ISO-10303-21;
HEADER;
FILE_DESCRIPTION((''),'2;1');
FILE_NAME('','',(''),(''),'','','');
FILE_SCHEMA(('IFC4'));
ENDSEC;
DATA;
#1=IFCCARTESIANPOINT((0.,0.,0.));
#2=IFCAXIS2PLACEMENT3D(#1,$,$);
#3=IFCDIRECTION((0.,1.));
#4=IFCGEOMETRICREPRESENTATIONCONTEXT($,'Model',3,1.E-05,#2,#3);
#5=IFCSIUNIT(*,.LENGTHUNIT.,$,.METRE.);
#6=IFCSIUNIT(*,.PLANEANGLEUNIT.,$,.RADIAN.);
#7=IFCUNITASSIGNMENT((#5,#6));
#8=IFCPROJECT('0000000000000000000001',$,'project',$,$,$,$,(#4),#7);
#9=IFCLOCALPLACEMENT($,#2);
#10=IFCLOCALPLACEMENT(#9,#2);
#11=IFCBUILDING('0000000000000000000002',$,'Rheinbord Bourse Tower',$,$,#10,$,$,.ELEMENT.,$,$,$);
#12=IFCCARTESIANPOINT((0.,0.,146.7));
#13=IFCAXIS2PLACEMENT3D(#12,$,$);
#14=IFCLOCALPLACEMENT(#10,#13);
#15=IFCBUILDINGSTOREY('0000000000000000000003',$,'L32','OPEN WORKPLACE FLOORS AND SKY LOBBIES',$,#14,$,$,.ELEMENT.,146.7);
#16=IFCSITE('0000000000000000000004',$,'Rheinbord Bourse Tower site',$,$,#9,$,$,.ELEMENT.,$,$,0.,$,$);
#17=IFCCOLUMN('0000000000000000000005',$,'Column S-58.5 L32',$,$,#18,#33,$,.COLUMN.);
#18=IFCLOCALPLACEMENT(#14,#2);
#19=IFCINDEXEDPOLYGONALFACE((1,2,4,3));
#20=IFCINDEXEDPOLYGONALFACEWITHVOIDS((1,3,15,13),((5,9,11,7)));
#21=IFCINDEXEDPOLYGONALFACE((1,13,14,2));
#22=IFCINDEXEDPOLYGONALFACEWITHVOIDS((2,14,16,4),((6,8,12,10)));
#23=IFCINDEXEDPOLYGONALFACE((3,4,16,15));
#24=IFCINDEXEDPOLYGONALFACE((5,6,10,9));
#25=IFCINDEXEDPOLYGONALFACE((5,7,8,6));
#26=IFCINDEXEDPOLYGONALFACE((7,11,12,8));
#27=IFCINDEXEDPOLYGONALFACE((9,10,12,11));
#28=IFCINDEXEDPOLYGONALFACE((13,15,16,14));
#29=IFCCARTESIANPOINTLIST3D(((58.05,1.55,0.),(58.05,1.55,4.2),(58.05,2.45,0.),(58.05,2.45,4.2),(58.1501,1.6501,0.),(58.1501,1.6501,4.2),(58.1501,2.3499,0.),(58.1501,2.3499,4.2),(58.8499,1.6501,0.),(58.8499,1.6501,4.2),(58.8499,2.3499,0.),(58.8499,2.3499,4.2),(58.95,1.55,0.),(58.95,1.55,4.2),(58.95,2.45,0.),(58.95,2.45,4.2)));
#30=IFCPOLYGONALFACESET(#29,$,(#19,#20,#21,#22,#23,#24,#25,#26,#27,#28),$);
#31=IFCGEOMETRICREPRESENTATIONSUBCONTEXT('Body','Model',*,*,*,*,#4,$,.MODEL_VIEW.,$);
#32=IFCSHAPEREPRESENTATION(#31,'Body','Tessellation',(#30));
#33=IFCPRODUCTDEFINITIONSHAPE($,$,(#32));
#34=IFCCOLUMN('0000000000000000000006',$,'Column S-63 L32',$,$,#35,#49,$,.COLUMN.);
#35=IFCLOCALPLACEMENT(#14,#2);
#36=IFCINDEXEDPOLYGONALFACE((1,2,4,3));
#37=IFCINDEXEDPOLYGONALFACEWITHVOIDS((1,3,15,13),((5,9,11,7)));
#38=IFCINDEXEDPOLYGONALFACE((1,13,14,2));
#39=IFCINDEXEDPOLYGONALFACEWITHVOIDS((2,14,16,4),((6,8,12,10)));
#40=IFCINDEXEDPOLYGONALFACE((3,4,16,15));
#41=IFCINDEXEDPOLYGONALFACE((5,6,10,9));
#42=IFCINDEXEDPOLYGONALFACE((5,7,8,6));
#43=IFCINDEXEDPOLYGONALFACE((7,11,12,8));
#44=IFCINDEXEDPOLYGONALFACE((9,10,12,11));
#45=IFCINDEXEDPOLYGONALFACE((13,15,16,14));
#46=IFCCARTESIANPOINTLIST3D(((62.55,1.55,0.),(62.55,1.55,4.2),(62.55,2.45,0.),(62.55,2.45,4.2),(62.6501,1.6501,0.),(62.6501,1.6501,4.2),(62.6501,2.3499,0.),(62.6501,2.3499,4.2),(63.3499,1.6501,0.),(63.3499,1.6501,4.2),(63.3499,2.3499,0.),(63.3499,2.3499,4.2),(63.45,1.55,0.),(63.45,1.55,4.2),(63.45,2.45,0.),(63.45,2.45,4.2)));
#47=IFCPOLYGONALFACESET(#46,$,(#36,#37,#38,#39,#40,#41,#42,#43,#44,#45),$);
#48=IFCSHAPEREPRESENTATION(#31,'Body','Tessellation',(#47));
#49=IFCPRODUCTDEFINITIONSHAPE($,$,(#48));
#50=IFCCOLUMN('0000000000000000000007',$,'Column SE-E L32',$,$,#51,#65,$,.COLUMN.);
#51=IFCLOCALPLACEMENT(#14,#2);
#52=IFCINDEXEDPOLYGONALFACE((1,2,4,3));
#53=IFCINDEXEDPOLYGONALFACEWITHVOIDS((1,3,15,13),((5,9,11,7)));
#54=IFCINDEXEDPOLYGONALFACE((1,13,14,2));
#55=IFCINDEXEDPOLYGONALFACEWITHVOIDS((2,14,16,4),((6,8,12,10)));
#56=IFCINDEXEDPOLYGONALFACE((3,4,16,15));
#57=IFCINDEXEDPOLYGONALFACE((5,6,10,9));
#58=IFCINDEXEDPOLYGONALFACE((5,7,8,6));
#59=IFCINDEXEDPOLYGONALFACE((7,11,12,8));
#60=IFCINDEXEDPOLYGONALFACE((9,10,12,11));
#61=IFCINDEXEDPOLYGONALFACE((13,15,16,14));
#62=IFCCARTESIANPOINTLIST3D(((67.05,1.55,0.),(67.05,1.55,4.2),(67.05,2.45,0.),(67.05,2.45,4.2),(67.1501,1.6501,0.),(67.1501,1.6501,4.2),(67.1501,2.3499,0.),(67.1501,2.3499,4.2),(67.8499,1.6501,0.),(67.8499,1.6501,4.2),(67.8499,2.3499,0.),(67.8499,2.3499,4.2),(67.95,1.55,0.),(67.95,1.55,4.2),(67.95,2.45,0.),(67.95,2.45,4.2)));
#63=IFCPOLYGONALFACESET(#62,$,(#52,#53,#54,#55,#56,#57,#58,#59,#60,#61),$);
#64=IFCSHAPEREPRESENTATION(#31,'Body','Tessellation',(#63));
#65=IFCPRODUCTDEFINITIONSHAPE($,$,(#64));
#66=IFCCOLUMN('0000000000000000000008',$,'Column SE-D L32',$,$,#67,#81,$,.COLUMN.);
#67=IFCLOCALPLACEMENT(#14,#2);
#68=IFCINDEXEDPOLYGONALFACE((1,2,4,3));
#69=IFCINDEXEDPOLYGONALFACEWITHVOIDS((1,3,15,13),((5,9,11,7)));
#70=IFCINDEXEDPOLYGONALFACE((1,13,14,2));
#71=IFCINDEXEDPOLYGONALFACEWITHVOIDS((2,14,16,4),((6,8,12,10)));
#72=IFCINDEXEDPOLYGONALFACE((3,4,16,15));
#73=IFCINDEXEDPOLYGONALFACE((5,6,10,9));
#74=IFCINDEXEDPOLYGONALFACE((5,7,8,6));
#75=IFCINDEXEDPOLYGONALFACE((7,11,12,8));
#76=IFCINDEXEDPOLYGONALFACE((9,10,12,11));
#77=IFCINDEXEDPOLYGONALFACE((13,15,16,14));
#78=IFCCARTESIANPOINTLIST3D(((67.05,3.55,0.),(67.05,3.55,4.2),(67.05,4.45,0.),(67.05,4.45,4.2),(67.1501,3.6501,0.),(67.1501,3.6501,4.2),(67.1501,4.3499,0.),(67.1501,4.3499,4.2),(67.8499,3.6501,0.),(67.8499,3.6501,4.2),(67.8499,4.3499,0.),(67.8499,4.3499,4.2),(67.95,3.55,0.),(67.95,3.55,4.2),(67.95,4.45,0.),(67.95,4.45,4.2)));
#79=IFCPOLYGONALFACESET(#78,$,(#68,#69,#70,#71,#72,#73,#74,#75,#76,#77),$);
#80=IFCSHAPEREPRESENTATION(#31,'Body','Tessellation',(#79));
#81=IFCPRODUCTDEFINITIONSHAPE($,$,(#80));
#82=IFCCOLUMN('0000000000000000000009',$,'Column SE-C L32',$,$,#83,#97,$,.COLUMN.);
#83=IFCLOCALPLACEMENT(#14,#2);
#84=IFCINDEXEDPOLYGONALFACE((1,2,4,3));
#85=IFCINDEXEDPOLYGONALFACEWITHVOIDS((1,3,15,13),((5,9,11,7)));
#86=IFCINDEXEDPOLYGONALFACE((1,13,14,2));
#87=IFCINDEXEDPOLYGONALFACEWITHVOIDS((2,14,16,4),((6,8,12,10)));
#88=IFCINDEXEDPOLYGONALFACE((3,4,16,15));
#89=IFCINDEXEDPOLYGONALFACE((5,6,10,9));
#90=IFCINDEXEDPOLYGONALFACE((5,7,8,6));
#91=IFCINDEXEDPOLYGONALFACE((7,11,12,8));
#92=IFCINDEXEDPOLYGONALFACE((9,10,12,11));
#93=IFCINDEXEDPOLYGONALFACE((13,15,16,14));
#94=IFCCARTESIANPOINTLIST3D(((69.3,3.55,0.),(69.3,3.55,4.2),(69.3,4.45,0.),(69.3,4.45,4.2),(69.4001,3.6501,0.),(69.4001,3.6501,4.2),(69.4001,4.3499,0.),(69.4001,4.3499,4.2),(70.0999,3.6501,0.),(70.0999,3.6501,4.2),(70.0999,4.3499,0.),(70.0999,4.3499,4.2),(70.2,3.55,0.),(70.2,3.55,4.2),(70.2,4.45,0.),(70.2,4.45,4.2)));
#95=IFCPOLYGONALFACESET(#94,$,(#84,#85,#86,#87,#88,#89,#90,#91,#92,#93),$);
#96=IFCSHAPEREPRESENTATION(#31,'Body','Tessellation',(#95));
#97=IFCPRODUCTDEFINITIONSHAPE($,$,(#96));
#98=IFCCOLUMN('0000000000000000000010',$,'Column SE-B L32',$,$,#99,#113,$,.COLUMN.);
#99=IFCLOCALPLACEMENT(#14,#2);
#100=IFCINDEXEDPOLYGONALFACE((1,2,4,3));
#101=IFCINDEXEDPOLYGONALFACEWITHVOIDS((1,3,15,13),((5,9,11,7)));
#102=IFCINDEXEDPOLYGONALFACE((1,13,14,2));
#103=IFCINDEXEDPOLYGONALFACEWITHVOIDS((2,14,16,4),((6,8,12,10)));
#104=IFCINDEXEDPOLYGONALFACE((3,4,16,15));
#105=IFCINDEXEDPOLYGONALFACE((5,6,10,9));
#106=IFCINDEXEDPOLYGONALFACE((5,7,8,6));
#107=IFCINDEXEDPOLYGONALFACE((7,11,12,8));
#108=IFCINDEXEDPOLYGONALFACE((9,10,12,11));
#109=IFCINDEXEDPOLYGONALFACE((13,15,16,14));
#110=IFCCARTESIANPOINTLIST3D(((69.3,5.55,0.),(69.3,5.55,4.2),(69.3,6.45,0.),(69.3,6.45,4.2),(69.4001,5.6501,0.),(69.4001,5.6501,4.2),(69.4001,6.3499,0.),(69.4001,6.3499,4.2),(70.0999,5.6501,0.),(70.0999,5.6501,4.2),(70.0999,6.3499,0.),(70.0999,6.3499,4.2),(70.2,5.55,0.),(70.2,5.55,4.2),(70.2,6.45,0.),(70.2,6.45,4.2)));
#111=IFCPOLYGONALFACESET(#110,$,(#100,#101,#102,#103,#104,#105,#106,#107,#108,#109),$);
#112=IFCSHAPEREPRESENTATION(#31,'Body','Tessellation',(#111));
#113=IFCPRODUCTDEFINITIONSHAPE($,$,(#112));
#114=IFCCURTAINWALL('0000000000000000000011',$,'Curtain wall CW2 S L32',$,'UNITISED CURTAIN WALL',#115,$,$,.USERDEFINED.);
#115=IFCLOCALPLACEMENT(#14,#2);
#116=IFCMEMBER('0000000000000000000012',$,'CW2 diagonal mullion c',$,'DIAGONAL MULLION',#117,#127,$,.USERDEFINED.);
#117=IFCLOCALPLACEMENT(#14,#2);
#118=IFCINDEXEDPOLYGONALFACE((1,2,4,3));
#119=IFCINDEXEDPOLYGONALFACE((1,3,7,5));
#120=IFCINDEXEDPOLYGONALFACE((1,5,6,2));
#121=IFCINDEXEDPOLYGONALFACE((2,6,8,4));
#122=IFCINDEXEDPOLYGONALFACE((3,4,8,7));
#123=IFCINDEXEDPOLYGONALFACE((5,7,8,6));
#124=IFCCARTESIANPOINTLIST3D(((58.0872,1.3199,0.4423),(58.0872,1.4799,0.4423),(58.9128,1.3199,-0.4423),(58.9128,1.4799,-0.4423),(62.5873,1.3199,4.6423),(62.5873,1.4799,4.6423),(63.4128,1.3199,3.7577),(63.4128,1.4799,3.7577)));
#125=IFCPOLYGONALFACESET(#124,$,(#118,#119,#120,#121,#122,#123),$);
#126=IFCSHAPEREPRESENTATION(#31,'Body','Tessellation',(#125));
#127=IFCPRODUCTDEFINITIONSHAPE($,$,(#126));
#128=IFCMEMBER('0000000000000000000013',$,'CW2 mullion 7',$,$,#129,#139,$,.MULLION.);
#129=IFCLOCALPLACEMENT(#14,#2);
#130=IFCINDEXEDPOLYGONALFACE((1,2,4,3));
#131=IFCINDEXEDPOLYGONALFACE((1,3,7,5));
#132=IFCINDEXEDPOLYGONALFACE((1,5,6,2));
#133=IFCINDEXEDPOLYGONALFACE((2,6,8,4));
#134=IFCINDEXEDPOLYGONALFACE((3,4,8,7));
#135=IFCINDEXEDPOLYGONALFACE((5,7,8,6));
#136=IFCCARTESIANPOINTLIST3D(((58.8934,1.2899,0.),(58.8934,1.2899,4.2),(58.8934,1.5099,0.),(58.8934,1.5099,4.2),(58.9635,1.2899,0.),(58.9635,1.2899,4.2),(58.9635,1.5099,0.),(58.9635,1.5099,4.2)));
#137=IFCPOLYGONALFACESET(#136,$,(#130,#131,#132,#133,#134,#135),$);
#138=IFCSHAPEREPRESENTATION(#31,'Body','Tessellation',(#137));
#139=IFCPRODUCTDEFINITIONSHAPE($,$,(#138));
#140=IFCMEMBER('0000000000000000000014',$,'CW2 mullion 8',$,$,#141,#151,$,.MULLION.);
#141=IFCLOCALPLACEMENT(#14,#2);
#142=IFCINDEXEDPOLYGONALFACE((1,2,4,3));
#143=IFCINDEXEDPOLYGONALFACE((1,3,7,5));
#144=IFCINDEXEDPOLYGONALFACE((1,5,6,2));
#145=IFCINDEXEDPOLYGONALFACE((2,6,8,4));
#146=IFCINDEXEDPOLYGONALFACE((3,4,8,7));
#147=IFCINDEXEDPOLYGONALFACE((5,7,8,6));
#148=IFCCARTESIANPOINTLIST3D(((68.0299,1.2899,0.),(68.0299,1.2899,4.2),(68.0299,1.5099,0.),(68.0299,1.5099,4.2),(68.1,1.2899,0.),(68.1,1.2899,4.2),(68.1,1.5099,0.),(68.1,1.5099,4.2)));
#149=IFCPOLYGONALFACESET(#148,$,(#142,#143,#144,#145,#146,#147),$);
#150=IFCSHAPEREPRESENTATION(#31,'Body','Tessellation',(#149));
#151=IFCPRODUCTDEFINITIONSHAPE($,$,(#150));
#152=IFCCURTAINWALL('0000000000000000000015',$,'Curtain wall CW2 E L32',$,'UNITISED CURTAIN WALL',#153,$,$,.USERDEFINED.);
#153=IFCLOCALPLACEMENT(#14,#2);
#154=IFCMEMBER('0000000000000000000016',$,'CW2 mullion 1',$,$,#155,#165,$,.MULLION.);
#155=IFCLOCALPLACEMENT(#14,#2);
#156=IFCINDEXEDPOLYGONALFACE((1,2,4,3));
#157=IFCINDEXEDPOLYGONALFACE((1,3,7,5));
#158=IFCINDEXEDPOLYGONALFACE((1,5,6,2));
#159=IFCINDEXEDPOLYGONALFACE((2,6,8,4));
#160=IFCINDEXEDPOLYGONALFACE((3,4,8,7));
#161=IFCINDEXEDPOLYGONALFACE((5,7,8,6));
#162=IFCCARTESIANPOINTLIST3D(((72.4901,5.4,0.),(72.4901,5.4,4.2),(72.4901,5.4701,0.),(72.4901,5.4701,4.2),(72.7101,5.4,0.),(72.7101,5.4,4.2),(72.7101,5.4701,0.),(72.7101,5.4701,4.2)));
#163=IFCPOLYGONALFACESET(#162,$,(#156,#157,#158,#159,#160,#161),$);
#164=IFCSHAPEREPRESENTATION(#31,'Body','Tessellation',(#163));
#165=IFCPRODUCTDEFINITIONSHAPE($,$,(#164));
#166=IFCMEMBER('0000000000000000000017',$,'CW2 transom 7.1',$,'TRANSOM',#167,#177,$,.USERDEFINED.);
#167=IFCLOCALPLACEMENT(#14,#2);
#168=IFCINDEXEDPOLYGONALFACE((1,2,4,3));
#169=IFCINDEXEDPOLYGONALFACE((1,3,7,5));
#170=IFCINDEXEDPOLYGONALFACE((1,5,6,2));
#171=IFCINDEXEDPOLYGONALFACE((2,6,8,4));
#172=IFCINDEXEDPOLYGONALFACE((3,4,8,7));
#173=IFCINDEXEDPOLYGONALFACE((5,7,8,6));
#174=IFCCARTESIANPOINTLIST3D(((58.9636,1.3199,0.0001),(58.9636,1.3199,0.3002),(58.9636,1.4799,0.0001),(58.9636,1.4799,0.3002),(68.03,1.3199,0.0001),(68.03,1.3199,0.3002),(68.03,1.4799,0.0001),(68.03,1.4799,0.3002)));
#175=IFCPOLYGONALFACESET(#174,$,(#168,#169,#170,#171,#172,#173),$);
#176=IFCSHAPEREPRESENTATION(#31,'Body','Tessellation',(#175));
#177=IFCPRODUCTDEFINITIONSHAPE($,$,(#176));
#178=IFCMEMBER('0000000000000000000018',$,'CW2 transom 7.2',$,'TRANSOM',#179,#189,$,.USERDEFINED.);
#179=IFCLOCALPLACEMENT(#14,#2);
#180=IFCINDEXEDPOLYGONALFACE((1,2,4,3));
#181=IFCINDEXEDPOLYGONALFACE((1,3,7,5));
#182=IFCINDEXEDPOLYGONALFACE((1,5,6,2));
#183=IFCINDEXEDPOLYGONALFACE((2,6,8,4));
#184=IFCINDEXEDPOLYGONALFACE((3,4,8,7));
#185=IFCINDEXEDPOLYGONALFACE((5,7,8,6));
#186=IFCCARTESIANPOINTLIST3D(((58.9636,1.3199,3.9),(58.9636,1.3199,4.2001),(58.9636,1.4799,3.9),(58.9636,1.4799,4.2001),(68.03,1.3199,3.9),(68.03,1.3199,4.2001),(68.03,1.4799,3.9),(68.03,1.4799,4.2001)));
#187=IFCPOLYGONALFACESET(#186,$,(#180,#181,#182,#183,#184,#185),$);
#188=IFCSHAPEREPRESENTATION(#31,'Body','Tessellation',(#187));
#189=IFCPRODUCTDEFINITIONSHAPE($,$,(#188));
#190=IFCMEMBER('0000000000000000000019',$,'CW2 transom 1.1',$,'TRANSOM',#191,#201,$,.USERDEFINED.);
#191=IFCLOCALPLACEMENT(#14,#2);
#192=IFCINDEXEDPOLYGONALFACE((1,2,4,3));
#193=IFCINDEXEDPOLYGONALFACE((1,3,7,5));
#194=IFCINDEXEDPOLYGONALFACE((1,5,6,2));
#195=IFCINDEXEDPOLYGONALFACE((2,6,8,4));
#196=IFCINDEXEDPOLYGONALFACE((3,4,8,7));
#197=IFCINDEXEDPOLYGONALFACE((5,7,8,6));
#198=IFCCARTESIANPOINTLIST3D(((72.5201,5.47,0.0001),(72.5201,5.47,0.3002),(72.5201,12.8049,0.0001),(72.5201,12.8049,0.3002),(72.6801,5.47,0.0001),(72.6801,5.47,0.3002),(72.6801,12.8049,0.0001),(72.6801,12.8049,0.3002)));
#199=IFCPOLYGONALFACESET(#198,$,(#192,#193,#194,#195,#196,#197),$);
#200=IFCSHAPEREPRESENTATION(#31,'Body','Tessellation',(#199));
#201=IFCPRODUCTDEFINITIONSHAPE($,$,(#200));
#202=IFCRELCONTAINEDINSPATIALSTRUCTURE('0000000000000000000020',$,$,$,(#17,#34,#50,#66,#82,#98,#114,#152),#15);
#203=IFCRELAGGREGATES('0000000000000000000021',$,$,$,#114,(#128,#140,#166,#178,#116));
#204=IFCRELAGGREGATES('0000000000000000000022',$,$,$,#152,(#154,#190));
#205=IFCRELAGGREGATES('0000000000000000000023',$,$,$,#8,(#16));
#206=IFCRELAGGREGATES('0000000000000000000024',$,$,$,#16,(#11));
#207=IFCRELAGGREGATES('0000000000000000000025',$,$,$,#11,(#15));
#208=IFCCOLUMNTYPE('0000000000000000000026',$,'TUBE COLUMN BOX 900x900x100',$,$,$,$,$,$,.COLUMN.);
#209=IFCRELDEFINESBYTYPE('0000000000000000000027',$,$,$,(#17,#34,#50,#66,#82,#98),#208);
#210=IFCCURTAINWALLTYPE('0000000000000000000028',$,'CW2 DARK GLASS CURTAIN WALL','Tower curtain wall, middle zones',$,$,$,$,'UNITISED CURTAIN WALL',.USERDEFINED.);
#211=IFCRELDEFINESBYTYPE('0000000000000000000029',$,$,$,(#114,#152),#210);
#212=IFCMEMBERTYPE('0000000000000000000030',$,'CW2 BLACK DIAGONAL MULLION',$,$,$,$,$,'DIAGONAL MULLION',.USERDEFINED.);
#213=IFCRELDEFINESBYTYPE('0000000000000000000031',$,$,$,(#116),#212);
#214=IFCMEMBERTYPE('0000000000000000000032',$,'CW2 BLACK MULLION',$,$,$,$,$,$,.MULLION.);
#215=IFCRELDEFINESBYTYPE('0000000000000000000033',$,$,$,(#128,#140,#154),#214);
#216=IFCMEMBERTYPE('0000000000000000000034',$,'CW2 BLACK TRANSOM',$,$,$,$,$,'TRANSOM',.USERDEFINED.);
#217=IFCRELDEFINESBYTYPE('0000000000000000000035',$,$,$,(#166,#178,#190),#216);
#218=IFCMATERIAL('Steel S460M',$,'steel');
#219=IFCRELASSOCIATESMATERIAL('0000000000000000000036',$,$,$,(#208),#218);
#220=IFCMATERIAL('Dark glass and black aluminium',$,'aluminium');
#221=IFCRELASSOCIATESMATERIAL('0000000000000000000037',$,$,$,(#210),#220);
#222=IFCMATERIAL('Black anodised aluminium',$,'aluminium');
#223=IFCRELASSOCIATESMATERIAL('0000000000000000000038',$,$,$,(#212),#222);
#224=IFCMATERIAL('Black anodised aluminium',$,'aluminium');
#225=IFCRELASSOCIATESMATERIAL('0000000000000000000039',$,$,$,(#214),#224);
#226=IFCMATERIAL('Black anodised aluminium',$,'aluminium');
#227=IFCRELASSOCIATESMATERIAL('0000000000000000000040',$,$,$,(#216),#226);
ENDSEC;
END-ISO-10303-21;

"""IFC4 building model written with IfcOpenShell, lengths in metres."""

from ifc_helpers import new_model, si_unit, direction, frame, origin, origin_2d, place, context, subcontext, project, spatial, rectangle, hollow_rectangle, extrude, material, material_profile, profile_set, type_object, element, aggregate, save


model = new_model("IFC4")

# Units and contexts
model_context = context("Model", 3, precision=1e-05, world=origin(), true_north=direction((0.0, 1.0)))
body_context = subcontext(model_context, "Body", "Model", "MODEL_VIEW")
ifc_project = project(units=[si_unit("LENGTHUNIT", "METRE"), si_unit("PLANEANGLEUNIT", "RADIAN")], contexts=[model_context])

# Site, building, storey
site_placement = place(None, origin())
site = spatial("IfcSite", under=ifc_project, at=site_placement, Name="Rheinbord Bourse Tower site", CompositionType="ELEMENT", RefElevation=0.0)
building_placement = place(site_placement, origin())
building = spatial("IfcBuilding", under=site, at=building_placement, Name="Rheinbord Bourse Tower", CompositionType="ELEMENT")
storey_placement = place(building_placement, frame((0.0, 0.0, 146.7)))
storey = spatial("IfcBuildingStorey", under=building, at=storey_placement, Name="L32", Description="OPEN WORKPLACE FLOORS AND SKY LOBBIES", CompositionType="ELEMENT", Elevation=146.7)

# Columns
ifc_material_1 = material(Name="Steel S460M", Category="steel")
ifc_material_profile_1 = material_profile(ifc_material_1, hollow_rectangle(XDim=0.8999, YDim=0.8999, WallThickness=0.1001, at=origin_2d()), Name="BOX 900x900x100")
ifc_profile_set_1 = profile_set([ifc_material_profile_1], Name="Steel S460M")
column_type = type_object("IfcColumnType", Name="TUBE COLUMN BOX 900x900x100", PredefinedType="COLUMN", material=ifc_profile_set_1)
for number, where, z_axis, x_axis, name in (
    (1, (58.5, 2.0, 0.0), (0.0, 0.0, 1.0), (0.0, 1.0, 0.0), "Column S-58.5 L32"),
    (2, (63.0, 2.0, 0.0), (0.0, 0.0, 1.0), (0.0, 1.0, 0.0), "Column S-63 L32"),
    (3, (67.5, 2.0, 0.0), (0.0, 0.0, 1.0), (0.0, 1.0, 0.0), "Column SE-E L32"),
    (4, (67.5, 4.0, 0.0), (0.0, 0.0, 1.0), (0.0, 1.0, 0.0), "Column SE-D L32"),
    (5, (69.75, 4.0, 0.0), (0.0, 0.0, 1.0), (1.0, 0.0, 0.0), "Column SE-C L32"),
    (6, (69.75, 6.0, 0.0), (0.0, 0.0, 1.0), (1.0, 0.0, 0.0), "Column SE-B L32"),
):
    element("IfcColumn", number, at=place(storey_placement, frame(where, z_axis=z_axis, x_axis=x_axis)), inside=storey, type_object=column_type, Name=name, PredefinedType="COLUMN", context=body_context, shape_type="SweptSolid", body=[
        extrude(hollow_rectangle(XDim=0.8999, YDim=0.8999, WallThickness=0.1001, at=origin_2d()), origin(), (0.0, 0.0, 1.0), 4.2),
    ])

# Curtain wall, members
ifc_material_2 = material(Name="Dark glass and black aluminium", Category="aluminium")
curtain_wall_type = type_object("IfcCurtainWallType", Name="CW2 DARK GLASS CURTAIN WALL", Description="Tower curtain wall, middle zones", ElementType="UNITISED CURTAIN WALL", PredefinedType="USERDEFINED", material=ifc_material_2)
curtain_wall_1_placement = place(storey_placement, origin())
curtain_wall_1 = element("IfcCurtainWall", 7, at=curtain_wall_1_placement, inside=storey, type_object=curtain_wall_type, Name="Curtain wall CW2 S L32", ObjectType="UNITISED CURTAIN WALL", PredefinedType="USERDEFINED")
ifc_material_3 = material(Name="Black anodised aluminium", Category="aluminium")
ifc_material_profile_2 = material_profile(ifc_material_3, rectangle(XDim=0.1599, YDim=1.21, at=origin_2d()), Name="CW2 DIAGONAL MULLION 1210x160")
ifc_profile_set_2 = profile_set([ifc_material_profile_2], Name="Black anodised aluminium")
member_type_1 = type_object("IfcMemberType", Name="CW2 BLACK DIAGONAL MULLION", ElementType="DIAGONAL MULLION", PredefinedType="USERDEFINED", material=ifc_profile_set_2)
member_1_placement = place(storey_placement, frame((58.5, 1.3999, 0.0), z_axis=(0.731059, 0.0, 0.682314), x_axis=(0.0, 1.0, 0.0)))
member_1 = element("IfcMember", 8, at=member_1_placement, type_object=member_type_1, Name="CW2 diagonal mullion c", ObjectType="DIAGONAL MULLION", PredefinedType="USERDEFINED", context=body_context, shape_type="SweptSolid", body=[
    extrude(rectangle(XDim=0.1599, YDim=1.21, at=origin_2d()), origin(), (0.0, 0.0, 1.0), 6.1555),
])
ifc_material_4 = material(Name="Black anodised aluminium", Category="aluminium")
ifc_material_profile_3 = material_profile(ifc_material_4, rectangle(XDim=0.22, YDim=0.0701, at=origin_2d()), Name="CW2 MULLION 70x220")
ifc_profile_set_3 = profile_set([ifc_material_profile_3], Name="Black anodised aluminium")
member_type_2 = type_object("IfcMemberType", Name="CW2 BLACK MULLION", PredefinedType="MULLION", material=ifc_profile_set_3)
member_2_placement = place(storey_placement, frame((58.9285, 1.3999, 0.0), z_axis=(0.0, 0.0, 1.0), x_axis=(0.0, 1.0, 0.0)))
member_2 = element("IfcMember", 9, at=member_2_placement, type_object=member_type_2, Name="CW2 mullion 7", PredefinedType="MULLION", context=body_context, shape_type="SweptSolid", body=[
    extrude(rectangle(XDim=0.22, YDim=0.0701, at=origin_2d()), origin(), (0.0, 0.0, 1.0), 4.2),
])
member_3_placement = place(storey_placement, frame((68.0649, 1.3999, 0.0), z_axis=(0.0, 0.0, 1.0), x_axis=(0.0, 1.0, 0.0)))
member_3 = element("IfcMember", 10, at=member_3_placement, type_object=member_type_2, Name="CW2 mullion 8", PredefinedType="MULLION", context=body_context, shape_type="SweptSolid", body=[
    extrude(rectangle(XDim=0.22, YDim=0.0701, at=origin_2d()), origin(), (0.0, 0.0, 1.0), 4.2),
])

# Curtain wall, member
curtain_wall_2_placement = place(storey_placement, origin())
curtain_wall_2 = element("IfcCurtainWall", 11, at=curtain_wall_2_placement, inside=storey, type_object=curtain_wall_type, Name="Curtain wall CW2 E L32", ObjectType="UNITISED CURTAIN WALL", PredefinedType="USERDEFINED")
member_4_placement = place(storey_placement, frame((72.6001, 5.4351, 0.0), z_axis=(0.0, 0.0, 1.0), x_axis=(-1.0, 0.0, 0.0)))
member_4 = element("IfcMember", 12, at=member_4_placement, type_object=member_type_2, Name="CW2 mullion 1", PredefinedType="MULLION", context=body_context, shape_type="SweptSolid", body=[
    extrude(rectangle(XDim=0.22, YDim=0.0701, at=origin_2d()), origin(), (0.0, 0.0, 1.0), 4.2),
])

# Members
ifc_material_5 = material(Name="Black anodised aluminium", Category="aluminium")
ifc_material_profile_4 = material_profile(ifc_material_5, rectangle(XDim=0.1599, YDim=0.3, at=origin_2d()), Name="CW2 TRANSOM 300x160")
ifc_profile_set_4 = profile_set([ifc_material_profile_4], Name="Black anodised aluminium")
member_type_3 = type_object("IfcMemberType", Name="CW2 BLACK TRANSOM", ElementType="TRANSOM", PredefinedType="USERDEFINED", material=ifc_profile_set_4)
member_5_placement = place(storey_placement, frame((58.9636, 1.3999, 0.1501), z_axis=(1.0, 0.0, 0.0), x_axis=(0.0, 1.0, 0.0)))
member_5 = element("IfcMember", 13, at=member_5_placement, type_object=member_type_3, Name="CW2 transom 7.1", ObjectType="TRANSOM", PredefinedType="USERDEFINED", context=body_context, shape_type="SweptSolid", body=[
    extrude(rectangle(XDim=0.1599, YDim=0.3, at=origin_2d()), origin(), (0.0, 0.0, 1.0), 9.0664),
])
member_6_placement = place(storey_placement, frame((58.9636, 1.3999, 4.05), z_axis=(1.0, 0.0, 0.0), x_axis=(0.0, 1.0, 0.0)))
member_6 = element("IfcMember", 14, at=member_6_placement, type_object=member_type_3, Name="CW2 transom 7.2", ObjectType="TRANSOM", PredefinedType="USERDEFINED", context=body_context, shape_type="SweptSolid", body=[
    extrude(rectangle(XDim=0.1599, YDim=0.3, at=origin_2d()), origin(), (0.0, 0.0, 1.0), 9.0664),
])
member_7_placement = place(storey_placement, frame((72.6001, 5.47, 0.1501), z_axis=(0.0, 1.0, 0.0), x_axis=(-1.0, 0.0, 0.0)))
member_7 = element("IfcMember", 15, at=member_7_placement, type_object=member_type_3, Name="CW2 transom 1.1", ObjectType="TRANSOM", PredefinedType="USERDEFINED", context=body_context, shape_type="SweptSolid", body=[
    extrude(rectangle(XDim=0.1599, YDim=0.3, at=origin_2d()), origin(), (0.0, 0.0, 1.0), 7.335),
])

aggregate(curtain_wall_1, [member_2, member_3, member_5, member_6, member_1])
aggregate(curtain_wall_2, [member_4, member_7])

save(model, "model.ifc")
